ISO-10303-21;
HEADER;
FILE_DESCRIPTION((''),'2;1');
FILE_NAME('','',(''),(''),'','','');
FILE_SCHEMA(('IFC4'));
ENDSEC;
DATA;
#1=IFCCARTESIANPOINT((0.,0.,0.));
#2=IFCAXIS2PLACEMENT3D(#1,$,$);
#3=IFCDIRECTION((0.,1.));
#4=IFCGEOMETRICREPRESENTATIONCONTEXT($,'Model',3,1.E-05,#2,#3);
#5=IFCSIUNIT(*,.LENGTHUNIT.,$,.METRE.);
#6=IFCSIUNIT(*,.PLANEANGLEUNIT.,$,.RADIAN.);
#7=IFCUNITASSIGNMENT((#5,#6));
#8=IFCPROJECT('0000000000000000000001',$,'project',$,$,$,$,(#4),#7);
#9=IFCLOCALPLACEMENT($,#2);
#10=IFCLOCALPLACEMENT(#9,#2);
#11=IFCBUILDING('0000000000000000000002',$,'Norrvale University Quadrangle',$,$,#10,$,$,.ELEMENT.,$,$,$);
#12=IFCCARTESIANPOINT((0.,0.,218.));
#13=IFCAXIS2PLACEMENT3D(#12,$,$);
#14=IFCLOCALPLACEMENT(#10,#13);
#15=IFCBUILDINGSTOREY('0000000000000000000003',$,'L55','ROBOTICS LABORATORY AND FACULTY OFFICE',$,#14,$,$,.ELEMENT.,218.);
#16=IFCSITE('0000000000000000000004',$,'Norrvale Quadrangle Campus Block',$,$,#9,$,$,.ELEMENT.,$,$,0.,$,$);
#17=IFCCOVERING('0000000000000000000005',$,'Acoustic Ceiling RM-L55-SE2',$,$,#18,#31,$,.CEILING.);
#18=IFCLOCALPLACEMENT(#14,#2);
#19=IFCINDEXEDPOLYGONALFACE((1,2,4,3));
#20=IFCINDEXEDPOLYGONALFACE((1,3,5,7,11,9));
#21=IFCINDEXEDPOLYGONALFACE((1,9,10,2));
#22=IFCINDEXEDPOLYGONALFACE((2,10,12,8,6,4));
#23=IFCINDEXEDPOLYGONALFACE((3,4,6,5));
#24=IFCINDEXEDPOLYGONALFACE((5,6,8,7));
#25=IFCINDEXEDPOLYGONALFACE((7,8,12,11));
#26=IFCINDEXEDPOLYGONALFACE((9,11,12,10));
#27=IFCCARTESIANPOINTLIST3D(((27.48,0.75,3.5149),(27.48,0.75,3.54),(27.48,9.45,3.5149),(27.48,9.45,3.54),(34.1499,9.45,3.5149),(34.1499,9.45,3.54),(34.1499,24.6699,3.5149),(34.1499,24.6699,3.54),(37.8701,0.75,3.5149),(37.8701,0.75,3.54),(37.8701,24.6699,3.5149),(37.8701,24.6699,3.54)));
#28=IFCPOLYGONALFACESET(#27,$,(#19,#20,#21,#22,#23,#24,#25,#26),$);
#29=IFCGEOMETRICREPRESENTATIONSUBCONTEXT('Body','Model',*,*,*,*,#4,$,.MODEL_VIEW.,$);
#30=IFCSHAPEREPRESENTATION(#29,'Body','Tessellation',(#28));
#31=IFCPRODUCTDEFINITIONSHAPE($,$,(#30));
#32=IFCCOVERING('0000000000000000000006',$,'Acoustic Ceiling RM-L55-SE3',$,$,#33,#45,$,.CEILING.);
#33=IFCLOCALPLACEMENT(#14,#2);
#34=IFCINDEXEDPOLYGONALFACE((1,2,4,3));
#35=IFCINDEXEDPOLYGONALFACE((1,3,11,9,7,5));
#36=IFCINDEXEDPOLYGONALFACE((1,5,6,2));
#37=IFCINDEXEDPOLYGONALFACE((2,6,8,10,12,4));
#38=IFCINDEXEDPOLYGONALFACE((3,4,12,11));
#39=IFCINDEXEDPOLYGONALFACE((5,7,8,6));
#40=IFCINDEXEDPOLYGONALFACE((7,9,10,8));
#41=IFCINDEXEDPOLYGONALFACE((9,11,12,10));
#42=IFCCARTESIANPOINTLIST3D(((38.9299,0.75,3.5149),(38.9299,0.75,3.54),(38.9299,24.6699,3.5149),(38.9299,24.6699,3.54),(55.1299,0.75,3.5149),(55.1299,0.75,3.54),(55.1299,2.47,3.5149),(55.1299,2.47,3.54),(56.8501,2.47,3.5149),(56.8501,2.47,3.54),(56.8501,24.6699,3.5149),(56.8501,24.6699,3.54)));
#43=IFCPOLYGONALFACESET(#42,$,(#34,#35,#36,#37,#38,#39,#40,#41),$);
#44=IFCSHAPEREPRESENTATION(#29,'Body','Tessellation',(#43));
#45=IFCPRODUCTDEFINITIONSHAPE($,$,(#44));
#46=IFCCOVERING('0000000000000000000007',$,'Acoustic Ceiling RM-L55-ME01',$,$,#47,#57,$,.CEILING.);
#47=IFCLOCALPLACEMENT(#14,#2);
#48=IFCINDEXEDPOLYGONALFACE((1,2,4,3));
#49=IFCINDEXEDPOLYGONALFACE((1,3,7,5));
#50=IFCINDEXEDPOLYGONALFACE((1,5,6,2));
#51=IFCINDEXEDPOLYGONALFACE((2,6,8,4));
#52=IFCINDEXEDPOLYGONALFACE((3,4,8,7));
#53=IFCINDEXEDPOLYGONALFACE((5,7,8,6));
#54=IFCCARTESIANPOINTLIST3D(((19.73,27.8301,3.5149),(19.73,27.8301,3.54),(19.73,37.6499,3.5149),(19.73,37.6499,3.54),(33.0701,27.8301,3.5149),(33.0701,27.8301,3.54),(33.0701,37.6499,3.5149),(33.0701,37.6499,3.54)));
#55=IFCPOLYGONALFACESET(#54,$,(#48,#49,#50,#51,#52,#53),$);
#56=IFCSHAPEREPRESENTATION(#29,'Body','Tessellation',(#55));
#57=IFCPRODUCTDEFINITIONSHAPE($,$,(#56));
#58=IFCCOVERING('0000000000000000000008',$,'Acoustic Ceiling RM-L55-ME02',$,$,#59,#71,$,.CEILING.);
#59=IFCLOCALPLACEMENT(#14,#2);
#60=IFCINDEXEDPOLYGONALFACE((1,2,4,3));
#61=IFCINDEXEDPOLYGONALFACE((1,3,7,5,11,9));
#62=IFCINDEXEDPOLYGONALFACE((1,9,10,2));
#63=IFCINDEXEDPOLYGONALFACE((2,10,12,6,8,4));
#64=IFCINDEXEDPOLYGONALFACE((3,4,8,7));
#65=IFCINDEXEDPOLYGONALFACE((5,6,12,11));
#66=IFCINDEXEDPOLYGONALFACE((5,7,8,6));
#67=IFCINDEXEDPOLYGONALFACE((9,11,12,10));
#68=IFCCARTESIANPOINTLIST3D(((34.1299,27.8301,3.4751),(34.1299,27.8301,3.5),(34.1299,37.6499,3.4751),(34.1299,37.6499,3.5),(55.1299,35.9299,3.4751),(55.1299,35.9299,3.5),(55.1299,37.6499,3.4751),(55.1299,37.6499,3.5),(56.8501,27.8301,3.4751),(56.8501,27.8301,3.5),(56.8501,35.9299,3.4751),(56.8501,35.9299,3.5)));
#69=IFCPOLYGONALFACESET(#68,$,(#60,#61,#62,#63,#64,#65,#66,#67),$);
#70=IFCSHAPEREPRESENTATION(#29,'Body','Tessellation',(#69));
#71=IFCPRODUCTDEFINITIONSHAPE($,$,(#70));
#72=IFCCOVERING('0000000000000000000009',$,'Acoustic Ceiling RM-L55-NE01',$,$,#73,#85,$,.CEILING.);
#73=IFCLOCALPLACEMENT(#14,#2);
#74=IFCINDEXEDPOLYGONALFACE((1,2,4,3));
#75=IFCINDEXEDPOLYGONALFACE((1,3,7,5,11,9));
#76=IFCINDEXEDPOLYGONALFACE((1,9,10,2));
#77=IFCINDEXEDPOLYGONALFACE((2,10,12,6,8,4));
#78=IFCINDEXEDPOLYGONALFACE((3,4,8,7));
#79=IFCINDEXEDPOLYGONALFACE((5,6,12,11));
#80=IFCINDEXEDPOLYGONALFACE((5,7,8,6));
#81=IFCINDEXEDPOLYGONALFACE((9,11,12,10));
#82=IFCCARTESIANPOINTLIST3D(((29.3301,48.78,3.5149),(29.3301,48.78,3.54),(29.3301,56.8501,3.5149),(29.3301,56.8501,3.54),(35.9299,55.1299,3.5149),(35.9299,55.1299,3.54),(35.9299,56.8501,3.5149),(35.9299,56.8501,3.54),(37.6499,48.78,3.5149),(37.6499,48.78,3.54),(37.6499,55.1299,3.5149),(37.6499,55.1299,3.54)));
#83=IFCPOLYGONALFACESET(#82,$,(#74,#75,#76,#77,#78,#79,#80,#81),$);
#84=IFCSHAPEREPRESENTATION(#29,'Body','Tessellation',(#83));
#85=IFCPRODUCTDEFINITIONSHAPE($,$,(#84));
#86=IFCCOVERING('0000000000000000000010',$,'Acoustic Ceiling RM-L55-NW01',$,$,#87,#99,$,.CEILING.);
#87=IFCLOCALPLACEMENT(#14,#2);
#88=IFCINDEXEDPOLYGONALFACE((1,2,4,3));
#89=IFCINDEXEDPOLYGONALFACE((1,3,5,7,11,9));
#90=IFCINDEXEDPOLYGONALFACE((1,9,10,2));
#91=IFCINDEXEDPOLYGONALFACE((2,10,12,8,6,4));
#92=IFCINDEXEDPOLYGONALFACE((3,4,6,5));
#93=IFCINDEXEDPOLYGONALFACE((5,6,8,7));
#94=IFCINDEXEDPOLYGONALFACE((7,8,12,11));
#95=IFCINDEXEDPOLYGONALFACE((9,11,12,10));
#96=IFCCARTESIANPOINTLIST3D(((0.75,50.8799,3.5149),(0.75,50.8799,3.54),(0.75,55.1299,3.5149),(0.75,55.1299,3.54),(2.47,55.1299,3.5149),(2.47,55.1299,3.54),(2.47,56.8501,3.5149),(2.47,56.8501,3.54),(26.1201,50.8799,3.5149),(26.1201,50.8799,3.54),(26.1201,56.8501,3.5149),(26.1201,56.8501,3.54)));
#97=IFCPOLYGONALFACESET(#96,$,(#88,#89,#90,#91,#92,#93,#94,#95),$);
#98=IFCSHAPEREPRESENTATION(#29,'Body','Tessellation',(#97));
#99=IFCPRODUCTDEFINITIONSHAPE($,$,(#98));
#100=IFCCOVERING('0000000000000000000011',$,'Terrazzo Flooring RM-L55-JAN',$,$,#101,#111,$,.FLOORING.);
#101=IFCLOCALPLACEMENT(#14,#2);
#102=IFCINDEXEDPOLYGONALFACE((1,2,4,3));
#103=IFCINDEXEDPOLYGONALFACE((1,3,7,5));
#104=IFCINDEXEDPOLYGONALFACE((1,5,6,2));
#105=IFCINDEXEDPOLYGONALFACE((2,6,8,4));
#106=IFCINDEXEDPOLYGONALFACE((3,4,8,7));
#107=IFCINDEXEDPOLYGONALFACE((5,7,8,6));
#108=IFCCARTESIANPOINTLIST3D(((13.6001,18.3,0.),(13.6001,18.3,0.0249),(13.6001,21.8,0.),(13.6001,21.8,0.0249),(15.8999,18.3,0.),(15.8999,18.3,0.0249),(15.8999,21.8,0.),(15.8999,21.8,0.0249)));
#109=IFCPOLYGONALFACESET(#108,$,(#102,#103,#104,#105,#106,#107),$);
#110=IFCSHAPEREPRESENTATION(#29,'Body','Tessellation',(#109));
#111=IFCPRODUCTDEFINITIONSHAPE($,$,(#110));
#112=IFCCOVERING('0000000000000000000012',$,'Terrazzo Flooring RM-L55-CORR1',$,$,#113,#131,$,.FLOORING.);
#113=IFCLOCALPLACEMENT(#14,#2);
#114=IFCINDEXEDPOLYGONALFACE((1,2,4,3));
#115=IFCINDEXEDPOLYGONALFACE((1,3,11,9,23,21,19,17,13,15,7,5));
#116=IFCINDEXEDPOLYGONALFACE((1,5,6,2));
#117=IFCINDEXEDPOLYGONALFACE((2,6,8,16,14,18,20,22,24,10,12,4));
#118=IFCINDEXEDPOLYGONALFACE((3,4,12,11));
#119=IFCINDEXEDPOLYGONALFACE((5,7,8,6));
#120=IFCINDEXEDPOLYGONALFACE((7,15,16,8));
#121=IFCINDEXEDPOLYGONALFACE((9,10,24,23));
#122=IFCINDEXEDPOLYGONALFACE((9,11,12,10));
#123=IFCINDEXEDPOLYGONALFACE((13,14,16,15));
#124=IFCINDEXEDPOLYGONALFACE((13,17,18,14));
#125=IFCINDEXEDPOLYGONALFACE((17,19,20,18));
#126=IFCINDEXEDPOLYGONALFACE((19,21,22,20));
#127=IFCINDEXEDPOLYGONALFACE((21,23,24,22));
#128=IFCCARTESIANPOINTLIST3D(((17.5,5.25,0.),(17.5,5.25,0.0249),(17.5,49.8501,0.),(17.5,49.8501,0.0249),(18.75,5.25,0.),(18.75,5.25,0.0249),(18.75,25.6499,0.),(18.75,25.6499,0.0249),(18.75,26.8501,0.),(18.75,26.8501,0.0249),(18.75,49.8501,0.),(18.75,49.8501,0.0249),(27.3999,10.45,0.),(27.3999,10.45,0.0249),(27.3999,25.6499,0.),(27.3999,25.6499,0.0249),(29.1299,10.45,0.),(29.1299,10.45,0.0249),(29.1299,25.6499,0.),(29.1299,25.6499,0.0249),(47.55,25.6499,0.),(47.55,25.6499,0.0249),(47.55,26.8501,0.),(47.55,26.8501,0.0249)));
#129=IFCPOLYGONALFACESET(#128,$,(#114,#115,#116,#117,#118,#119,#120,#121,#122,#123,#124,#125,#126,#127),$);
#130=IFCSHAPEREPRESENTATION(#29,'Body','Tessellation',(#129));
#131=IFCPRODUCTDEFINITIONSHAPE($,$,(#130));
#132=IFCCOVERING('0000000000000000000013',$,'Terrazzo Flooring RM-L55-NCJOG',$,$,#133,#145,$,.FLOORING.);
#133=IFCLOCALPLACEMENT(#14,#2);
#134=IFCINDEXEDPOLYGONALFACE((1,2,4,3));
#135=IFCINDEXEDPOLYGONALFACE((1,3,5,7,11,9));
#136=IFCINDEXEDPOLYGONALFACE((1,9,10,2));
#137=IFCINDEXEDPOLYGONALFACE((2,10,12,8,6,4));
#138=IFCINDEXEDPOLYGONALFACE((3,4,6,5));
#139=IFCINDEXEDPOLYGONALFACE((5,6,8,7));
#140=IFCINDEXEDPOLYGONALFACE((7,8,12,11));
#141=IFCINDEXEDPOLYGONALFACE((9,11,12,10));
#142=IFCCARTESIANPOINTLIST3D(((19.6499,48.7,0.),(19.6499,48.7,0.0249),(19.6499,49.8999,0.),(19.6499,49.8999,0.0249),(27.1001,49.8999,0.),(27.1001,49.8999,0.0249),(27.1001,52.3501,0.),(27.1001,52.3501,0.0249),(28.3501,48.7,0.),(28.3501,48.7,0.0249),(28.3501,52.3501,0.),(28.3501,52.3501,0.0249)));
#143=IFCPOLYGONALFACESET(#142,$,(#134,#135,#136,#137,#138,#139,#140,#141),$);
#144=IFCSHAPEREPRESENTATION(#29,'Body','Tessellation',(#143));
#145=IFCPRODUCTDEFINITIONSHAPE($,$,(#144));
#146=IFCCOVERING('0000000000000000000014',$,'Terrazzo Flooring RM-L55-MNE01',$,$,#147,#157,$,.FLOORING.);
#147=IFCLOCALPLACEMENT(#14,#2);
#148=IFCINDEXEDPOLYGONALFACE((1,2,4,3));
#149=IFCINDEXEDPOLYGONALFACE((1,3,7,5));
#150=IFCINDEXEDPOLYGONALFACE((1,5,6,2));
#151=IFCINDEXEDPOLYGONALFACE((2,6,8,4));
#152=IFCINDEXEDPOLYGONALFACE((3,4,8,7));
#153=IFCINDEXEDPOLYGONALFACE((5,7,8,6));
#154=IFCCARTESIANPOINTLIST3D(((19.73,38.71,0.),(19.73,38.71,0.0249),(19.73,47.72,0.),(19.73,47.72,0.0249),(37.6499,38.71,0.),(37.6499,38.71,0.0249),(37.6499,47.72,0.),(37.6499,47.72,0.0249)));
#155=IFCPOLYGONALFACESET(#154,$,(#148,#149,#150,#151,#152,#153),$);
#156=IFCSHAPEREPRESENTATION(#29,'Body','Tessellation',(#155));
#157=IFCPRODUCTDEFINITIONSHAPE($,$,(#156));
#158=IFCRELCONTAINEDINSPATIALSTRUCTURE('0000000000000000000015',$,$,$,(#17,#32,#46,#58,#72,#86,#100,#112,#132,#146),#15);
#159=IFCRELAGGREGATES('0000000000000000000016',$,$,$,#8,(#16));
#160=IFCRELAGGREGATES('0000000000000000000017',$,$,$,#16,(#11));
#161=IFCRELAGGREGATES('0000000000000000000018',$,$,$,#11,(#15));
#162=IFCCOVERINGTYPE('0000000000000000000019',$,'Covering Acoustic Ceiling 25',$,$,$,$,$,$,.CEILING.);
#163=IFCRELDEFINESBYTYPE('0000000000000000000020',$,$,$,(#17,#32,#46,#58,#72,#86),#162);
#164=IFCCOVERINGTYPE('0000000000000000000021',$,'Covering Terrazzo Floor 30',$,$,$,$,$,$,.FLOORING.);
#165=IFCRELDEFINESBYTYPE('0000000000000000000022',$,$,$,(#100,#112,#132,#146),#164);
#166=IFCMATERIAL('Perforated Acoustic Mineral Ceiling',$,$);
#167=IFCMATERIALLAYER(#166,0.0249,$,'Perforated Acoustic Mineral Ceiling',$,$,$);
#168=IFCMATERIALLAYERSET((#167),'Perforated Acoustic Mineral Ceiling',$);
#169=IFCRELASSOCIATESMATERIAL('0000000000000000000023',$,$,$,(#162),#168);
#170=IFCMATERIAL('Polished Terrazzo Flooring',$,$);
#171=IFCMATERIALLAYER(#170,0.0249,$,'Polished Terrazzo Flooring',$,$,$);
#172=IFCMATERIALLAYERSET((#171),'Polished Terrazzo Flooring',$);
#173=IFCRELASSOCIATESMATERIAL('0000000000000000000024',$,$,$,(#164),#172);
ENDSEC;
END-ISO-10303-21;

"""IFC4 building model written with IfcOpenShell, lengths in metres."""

from ifc_helpers import new_model, si_unit, direction, frame, origin, place, context, subcontext, project, spatial, polyline, outline, extrude, material, layer, layer_set, type_object, element, save


model = new_model("IFC4")

# Units and contexts
model_context = context("Model", 3, precision=1e-05, world=origin(), true_north=direction((0.0, 1.0)))
body_context = subcontext(model_context, "Body", "Model", "MODEL_VIEW")
ifc_project = project(units=[si_unit("LENGTHUNIT", "METRE"), si_unit("PLANEANGLEUNIT", "RADIAN")], contexts=[model_context])

# Site, building, storey
site_placement = place(None, origin())
site = spatial("IfcSite", under=ifc_project, at=site_placement, Name="Norrvale Quadrangle Campus Block", CompositionType="ELEMENT", RefElevation=0.0)
building_placement = place(site_placement, origin())
building = spatial("IfcBuilding", under=site, at=building_placement, Name="Norrvale University Quadrangle", CompositionType="ELEMENT")
storey_placement = place(building_placement, frame((0.0, 0.0, 218.0)))
storey = spatial("IfcBuildingStorey", under=building, at=storey_placement, Name="L55", Description="ROBOTICS LABORATORY AND FACULTY OFFICE", CompositionType="ELEMENT", Elevation=218.0)

# Coverings
ifc_material_1 = material(Name="Perforated Acoustic Mineral Ceiling")
ifc_layer_1 = layer(ifc_material_1, 0.0249, Name="Perforated Acoustic Mineral Ceiling")
ifc_layer_set_1 = layer_set([ifc_layer_1], Name="Perforated Acoustic Mineral Ceiling")
covering_type_1 = type_object("IfcCoveringType", Name="Covering Acoustic Ceiling 25", PredefinedType="CEILING", material=ifc_layer_set_1)
covering_1_placement = place(storey_placement, frame((0.0, 0.0, 3.5149)))
element("IfcCovering", 1, at=covering_1_placement, inside=storey, type_object=covering_type_1, Name="Acoustic Ceiling RM-L55-SE2", PredefinedType="CEILING", context=body_context, shape_type="SweptSolid", body=[
    extrude(outline(polyline([(27.48, 9.45), (34.1499, 9.45), (34.1499, 24.6699), (37.8701, 24.6699), (37.8701, 0.75), (27.48, 0.75), (27.48, 9.45)])), origin(), (0.0, 0.0, 1.0), 0.0251),
])
covering_2_placement = place(storey_placement, frame((0.0, 0.0, 3.5149)))
element("IfcCovering", 2, at=covering_2_placement, inside=storey, type_object=covering_type_1, Name="Acoustic Ceiling RM-L55-SE3", PredefinedType="CEILING", context=body_context, shape_type="SweptSolid", body=[
    extrude(outline(polyline([(38.9299, 0.75), (38.9299, 24.6699), (56.8501, 24.6699), (56.8501, 2.47), (55.1299, 2.47), (55.1299, 0.75), (38.9299, 0.75)])), origin(), (0.0, 0.0, 1.0), 0.0251),
])
covering_3_placement = place(storey_placement, frame((0.0, 0.0, 3.5149)))
element("IfcCovering", 3, at=covering_3_placement, inside=storey, type_object=covering_type_1, Name="Acoustic Ceiling RM-L55-ME01", PredefinedType="CEILING", context=body_context, shape_type="SweptSolid", body=[
    extrude(outline(polyline([(19.73, 37.6499), (33.0701, 37.6499), (33.0701, 27.8301), (19.73, 27.8301), (19.73, 37.6499)])), origin(), (0.0, 0.0, 1.0), 0.0251),
])
covering_4_placement = place(storey_placement, frame((0.0, 0.0, 3.4751)))
element("IfcCovering", 4, at=covering_4_placement, inside=storey, type_object=covering_type_1, Name="Acoustic Ceiling RM-L55-ME02", PredefinedType="CEILING", context=body_context, shape_type="SweptSolid", body=[
    extrude(outline(polyline([(56.8501, 27.8301), (34.1299, 27.8301), (34.1299, 37.6499), (55.1299, 37.6499), (55.1299, 35.9299), (56.8501, 35.9299), (56.8501, 27.8301)])), origin(), (0.0, 0.0, 1.0), 0.0249),
])
covering_5_placement = place(storey_placement, frame((0.0, 0.0, 3.5149)))
element("IfcCovering", 5, at=covering_5_placement, inside=storey, type_object=covering_type_1, Name="Acoustic Ceiling RM-L55-NE01", PredefinedType="CEILING", context=body_context, shape_type="SweptSolid", body=[
    extrude(outline(polyline([(37.6499, 48.78), (29.3301, 48.78), (29.3301, 56.8501), (35.9299, 56.8501), (35.9299, 55.1299), (37.6499, 55.1299), (37.6499, 48.78)])), origin(), (0.0, 0.0, 1.0), 0.0251),
])
covering_6_placement = place(storey_placement, frame((0.0, 0.0, 3.5149)))
element("IfcCovering", 6, at=covering_6_placement, inside=storey, type_object=covering_type_1, Name="Acoustic Ceiling RM-L55-NW01", PredefinedType="CEILING", context=body_context, shape_type="SweptSolid", body=[
    extrude(outline(polyline([(26.1201, 56.8501), (26.1201, 50.8799), (0.75, 50.8799), (0.75, 55.1299), (2.47, 55.1299), (2.47, 56.8501), (26.1201, 56.8501)])), origin(), (0.0, 0.0, 1.0), 0.0251),
])
ifc_material_2 = material(Name="Polished Terrazzo Flooring")
ifc_layer_2 = layer(ifc_material_2, 0.0249, Name="Polished Terrazzo Flooring")
ifc_layer_set_2 = layer_set([ifc_layer_2], Name="Polished Terrazzo Flooring")
covering_type_2 = type_object("IfcCoveringType", Name="Covering Terrazzo Floor 30", PredefinedType="FLOORING", material=ifc_layer_set_2)
covering_7_placement = place(storey_placement, origin())
element("IfcCovering", 7, at=covering_7_placement, inside=storey, type_object=covering_type_2, Name="Terrazzo Flooring RM-L55-JAN", PredefinedType="FLOORING", context=body_context, shape_type="SweptSolid", body=[
    extrude(outline(polyline([(13.6001, 18.3), (13.6001, 21.8), (15.8999, 21.8), (15.8999, 18.3), (13.6001, 18.3)])), origin(), (0.0, 0.0, 1.0), 0.0249),
])
covering_8_placement = place(storey_placement, origin())
element("IfcCovering", 8, at=covering_8_placement, inside=storey, type_object=covering_type_2, Name="Terrazzo Flooring RM-L55-CORR1", PredefinedType="FLOORING", context=body_context, shape_type="SweptSolid", body=[
    extrude(outline(polyline([(17.5, 5.25), (17.5, 49.8501), (18.75, 49.8501), (18.75, 26.8501), (47.55, 26.8501), (47.55, 25.6499), (29.1299, 25.6499), (29.1299, 10.45), (27.3999, 10.45), (27.3999, 25.6499), (18.75, 25.6499), (18.75, 5.25), (17.5, 5.25)])), origin(), (0.0, 0.0, 1.0), 0.0249),
])
covering_9_placement = place(storey_placement, origin())
element("IfcCovering", 9, at=covering_9_placement, inside=storey, type_object=covering_type_2, Name="Terrazzo Flooring RM-L55-NCJOG", PredefinedType="FLOORING", context=body_context, shape_type="SweptSolid", body=[
    extrude(outline(polyline([(19.6499, 48.7), (19.6499, 49.8999), (27.1001, 49.8999), (27.1001, 52.3501), (28.3501, 52.3501), (28.3501, 48.7), (19.6499, 48.7)])), origin(), (0.0, 0.0, 1.0), 0.0249),
])
covering_10_placement = place(storey_placement, origin())
element("IfcCovering", 10, at=covering_10_placement, inside=storey, type_object=covering_type_2, Name="Terrazzo Flooring RM-L55-MNE01", PredefinedType="FLOORING", context=body_context, shape_type="SweptSolid", body=[
    extrude(outline(polyline([(19.73, 47.72), (37.6499, 47.72), (37.6499, 38.71), (19.73, 38.71), (19.73, 47.72)])), origin(), (0.0, 0.0, 1.0), 0.0249),
])

save(model, "model.ifc")
